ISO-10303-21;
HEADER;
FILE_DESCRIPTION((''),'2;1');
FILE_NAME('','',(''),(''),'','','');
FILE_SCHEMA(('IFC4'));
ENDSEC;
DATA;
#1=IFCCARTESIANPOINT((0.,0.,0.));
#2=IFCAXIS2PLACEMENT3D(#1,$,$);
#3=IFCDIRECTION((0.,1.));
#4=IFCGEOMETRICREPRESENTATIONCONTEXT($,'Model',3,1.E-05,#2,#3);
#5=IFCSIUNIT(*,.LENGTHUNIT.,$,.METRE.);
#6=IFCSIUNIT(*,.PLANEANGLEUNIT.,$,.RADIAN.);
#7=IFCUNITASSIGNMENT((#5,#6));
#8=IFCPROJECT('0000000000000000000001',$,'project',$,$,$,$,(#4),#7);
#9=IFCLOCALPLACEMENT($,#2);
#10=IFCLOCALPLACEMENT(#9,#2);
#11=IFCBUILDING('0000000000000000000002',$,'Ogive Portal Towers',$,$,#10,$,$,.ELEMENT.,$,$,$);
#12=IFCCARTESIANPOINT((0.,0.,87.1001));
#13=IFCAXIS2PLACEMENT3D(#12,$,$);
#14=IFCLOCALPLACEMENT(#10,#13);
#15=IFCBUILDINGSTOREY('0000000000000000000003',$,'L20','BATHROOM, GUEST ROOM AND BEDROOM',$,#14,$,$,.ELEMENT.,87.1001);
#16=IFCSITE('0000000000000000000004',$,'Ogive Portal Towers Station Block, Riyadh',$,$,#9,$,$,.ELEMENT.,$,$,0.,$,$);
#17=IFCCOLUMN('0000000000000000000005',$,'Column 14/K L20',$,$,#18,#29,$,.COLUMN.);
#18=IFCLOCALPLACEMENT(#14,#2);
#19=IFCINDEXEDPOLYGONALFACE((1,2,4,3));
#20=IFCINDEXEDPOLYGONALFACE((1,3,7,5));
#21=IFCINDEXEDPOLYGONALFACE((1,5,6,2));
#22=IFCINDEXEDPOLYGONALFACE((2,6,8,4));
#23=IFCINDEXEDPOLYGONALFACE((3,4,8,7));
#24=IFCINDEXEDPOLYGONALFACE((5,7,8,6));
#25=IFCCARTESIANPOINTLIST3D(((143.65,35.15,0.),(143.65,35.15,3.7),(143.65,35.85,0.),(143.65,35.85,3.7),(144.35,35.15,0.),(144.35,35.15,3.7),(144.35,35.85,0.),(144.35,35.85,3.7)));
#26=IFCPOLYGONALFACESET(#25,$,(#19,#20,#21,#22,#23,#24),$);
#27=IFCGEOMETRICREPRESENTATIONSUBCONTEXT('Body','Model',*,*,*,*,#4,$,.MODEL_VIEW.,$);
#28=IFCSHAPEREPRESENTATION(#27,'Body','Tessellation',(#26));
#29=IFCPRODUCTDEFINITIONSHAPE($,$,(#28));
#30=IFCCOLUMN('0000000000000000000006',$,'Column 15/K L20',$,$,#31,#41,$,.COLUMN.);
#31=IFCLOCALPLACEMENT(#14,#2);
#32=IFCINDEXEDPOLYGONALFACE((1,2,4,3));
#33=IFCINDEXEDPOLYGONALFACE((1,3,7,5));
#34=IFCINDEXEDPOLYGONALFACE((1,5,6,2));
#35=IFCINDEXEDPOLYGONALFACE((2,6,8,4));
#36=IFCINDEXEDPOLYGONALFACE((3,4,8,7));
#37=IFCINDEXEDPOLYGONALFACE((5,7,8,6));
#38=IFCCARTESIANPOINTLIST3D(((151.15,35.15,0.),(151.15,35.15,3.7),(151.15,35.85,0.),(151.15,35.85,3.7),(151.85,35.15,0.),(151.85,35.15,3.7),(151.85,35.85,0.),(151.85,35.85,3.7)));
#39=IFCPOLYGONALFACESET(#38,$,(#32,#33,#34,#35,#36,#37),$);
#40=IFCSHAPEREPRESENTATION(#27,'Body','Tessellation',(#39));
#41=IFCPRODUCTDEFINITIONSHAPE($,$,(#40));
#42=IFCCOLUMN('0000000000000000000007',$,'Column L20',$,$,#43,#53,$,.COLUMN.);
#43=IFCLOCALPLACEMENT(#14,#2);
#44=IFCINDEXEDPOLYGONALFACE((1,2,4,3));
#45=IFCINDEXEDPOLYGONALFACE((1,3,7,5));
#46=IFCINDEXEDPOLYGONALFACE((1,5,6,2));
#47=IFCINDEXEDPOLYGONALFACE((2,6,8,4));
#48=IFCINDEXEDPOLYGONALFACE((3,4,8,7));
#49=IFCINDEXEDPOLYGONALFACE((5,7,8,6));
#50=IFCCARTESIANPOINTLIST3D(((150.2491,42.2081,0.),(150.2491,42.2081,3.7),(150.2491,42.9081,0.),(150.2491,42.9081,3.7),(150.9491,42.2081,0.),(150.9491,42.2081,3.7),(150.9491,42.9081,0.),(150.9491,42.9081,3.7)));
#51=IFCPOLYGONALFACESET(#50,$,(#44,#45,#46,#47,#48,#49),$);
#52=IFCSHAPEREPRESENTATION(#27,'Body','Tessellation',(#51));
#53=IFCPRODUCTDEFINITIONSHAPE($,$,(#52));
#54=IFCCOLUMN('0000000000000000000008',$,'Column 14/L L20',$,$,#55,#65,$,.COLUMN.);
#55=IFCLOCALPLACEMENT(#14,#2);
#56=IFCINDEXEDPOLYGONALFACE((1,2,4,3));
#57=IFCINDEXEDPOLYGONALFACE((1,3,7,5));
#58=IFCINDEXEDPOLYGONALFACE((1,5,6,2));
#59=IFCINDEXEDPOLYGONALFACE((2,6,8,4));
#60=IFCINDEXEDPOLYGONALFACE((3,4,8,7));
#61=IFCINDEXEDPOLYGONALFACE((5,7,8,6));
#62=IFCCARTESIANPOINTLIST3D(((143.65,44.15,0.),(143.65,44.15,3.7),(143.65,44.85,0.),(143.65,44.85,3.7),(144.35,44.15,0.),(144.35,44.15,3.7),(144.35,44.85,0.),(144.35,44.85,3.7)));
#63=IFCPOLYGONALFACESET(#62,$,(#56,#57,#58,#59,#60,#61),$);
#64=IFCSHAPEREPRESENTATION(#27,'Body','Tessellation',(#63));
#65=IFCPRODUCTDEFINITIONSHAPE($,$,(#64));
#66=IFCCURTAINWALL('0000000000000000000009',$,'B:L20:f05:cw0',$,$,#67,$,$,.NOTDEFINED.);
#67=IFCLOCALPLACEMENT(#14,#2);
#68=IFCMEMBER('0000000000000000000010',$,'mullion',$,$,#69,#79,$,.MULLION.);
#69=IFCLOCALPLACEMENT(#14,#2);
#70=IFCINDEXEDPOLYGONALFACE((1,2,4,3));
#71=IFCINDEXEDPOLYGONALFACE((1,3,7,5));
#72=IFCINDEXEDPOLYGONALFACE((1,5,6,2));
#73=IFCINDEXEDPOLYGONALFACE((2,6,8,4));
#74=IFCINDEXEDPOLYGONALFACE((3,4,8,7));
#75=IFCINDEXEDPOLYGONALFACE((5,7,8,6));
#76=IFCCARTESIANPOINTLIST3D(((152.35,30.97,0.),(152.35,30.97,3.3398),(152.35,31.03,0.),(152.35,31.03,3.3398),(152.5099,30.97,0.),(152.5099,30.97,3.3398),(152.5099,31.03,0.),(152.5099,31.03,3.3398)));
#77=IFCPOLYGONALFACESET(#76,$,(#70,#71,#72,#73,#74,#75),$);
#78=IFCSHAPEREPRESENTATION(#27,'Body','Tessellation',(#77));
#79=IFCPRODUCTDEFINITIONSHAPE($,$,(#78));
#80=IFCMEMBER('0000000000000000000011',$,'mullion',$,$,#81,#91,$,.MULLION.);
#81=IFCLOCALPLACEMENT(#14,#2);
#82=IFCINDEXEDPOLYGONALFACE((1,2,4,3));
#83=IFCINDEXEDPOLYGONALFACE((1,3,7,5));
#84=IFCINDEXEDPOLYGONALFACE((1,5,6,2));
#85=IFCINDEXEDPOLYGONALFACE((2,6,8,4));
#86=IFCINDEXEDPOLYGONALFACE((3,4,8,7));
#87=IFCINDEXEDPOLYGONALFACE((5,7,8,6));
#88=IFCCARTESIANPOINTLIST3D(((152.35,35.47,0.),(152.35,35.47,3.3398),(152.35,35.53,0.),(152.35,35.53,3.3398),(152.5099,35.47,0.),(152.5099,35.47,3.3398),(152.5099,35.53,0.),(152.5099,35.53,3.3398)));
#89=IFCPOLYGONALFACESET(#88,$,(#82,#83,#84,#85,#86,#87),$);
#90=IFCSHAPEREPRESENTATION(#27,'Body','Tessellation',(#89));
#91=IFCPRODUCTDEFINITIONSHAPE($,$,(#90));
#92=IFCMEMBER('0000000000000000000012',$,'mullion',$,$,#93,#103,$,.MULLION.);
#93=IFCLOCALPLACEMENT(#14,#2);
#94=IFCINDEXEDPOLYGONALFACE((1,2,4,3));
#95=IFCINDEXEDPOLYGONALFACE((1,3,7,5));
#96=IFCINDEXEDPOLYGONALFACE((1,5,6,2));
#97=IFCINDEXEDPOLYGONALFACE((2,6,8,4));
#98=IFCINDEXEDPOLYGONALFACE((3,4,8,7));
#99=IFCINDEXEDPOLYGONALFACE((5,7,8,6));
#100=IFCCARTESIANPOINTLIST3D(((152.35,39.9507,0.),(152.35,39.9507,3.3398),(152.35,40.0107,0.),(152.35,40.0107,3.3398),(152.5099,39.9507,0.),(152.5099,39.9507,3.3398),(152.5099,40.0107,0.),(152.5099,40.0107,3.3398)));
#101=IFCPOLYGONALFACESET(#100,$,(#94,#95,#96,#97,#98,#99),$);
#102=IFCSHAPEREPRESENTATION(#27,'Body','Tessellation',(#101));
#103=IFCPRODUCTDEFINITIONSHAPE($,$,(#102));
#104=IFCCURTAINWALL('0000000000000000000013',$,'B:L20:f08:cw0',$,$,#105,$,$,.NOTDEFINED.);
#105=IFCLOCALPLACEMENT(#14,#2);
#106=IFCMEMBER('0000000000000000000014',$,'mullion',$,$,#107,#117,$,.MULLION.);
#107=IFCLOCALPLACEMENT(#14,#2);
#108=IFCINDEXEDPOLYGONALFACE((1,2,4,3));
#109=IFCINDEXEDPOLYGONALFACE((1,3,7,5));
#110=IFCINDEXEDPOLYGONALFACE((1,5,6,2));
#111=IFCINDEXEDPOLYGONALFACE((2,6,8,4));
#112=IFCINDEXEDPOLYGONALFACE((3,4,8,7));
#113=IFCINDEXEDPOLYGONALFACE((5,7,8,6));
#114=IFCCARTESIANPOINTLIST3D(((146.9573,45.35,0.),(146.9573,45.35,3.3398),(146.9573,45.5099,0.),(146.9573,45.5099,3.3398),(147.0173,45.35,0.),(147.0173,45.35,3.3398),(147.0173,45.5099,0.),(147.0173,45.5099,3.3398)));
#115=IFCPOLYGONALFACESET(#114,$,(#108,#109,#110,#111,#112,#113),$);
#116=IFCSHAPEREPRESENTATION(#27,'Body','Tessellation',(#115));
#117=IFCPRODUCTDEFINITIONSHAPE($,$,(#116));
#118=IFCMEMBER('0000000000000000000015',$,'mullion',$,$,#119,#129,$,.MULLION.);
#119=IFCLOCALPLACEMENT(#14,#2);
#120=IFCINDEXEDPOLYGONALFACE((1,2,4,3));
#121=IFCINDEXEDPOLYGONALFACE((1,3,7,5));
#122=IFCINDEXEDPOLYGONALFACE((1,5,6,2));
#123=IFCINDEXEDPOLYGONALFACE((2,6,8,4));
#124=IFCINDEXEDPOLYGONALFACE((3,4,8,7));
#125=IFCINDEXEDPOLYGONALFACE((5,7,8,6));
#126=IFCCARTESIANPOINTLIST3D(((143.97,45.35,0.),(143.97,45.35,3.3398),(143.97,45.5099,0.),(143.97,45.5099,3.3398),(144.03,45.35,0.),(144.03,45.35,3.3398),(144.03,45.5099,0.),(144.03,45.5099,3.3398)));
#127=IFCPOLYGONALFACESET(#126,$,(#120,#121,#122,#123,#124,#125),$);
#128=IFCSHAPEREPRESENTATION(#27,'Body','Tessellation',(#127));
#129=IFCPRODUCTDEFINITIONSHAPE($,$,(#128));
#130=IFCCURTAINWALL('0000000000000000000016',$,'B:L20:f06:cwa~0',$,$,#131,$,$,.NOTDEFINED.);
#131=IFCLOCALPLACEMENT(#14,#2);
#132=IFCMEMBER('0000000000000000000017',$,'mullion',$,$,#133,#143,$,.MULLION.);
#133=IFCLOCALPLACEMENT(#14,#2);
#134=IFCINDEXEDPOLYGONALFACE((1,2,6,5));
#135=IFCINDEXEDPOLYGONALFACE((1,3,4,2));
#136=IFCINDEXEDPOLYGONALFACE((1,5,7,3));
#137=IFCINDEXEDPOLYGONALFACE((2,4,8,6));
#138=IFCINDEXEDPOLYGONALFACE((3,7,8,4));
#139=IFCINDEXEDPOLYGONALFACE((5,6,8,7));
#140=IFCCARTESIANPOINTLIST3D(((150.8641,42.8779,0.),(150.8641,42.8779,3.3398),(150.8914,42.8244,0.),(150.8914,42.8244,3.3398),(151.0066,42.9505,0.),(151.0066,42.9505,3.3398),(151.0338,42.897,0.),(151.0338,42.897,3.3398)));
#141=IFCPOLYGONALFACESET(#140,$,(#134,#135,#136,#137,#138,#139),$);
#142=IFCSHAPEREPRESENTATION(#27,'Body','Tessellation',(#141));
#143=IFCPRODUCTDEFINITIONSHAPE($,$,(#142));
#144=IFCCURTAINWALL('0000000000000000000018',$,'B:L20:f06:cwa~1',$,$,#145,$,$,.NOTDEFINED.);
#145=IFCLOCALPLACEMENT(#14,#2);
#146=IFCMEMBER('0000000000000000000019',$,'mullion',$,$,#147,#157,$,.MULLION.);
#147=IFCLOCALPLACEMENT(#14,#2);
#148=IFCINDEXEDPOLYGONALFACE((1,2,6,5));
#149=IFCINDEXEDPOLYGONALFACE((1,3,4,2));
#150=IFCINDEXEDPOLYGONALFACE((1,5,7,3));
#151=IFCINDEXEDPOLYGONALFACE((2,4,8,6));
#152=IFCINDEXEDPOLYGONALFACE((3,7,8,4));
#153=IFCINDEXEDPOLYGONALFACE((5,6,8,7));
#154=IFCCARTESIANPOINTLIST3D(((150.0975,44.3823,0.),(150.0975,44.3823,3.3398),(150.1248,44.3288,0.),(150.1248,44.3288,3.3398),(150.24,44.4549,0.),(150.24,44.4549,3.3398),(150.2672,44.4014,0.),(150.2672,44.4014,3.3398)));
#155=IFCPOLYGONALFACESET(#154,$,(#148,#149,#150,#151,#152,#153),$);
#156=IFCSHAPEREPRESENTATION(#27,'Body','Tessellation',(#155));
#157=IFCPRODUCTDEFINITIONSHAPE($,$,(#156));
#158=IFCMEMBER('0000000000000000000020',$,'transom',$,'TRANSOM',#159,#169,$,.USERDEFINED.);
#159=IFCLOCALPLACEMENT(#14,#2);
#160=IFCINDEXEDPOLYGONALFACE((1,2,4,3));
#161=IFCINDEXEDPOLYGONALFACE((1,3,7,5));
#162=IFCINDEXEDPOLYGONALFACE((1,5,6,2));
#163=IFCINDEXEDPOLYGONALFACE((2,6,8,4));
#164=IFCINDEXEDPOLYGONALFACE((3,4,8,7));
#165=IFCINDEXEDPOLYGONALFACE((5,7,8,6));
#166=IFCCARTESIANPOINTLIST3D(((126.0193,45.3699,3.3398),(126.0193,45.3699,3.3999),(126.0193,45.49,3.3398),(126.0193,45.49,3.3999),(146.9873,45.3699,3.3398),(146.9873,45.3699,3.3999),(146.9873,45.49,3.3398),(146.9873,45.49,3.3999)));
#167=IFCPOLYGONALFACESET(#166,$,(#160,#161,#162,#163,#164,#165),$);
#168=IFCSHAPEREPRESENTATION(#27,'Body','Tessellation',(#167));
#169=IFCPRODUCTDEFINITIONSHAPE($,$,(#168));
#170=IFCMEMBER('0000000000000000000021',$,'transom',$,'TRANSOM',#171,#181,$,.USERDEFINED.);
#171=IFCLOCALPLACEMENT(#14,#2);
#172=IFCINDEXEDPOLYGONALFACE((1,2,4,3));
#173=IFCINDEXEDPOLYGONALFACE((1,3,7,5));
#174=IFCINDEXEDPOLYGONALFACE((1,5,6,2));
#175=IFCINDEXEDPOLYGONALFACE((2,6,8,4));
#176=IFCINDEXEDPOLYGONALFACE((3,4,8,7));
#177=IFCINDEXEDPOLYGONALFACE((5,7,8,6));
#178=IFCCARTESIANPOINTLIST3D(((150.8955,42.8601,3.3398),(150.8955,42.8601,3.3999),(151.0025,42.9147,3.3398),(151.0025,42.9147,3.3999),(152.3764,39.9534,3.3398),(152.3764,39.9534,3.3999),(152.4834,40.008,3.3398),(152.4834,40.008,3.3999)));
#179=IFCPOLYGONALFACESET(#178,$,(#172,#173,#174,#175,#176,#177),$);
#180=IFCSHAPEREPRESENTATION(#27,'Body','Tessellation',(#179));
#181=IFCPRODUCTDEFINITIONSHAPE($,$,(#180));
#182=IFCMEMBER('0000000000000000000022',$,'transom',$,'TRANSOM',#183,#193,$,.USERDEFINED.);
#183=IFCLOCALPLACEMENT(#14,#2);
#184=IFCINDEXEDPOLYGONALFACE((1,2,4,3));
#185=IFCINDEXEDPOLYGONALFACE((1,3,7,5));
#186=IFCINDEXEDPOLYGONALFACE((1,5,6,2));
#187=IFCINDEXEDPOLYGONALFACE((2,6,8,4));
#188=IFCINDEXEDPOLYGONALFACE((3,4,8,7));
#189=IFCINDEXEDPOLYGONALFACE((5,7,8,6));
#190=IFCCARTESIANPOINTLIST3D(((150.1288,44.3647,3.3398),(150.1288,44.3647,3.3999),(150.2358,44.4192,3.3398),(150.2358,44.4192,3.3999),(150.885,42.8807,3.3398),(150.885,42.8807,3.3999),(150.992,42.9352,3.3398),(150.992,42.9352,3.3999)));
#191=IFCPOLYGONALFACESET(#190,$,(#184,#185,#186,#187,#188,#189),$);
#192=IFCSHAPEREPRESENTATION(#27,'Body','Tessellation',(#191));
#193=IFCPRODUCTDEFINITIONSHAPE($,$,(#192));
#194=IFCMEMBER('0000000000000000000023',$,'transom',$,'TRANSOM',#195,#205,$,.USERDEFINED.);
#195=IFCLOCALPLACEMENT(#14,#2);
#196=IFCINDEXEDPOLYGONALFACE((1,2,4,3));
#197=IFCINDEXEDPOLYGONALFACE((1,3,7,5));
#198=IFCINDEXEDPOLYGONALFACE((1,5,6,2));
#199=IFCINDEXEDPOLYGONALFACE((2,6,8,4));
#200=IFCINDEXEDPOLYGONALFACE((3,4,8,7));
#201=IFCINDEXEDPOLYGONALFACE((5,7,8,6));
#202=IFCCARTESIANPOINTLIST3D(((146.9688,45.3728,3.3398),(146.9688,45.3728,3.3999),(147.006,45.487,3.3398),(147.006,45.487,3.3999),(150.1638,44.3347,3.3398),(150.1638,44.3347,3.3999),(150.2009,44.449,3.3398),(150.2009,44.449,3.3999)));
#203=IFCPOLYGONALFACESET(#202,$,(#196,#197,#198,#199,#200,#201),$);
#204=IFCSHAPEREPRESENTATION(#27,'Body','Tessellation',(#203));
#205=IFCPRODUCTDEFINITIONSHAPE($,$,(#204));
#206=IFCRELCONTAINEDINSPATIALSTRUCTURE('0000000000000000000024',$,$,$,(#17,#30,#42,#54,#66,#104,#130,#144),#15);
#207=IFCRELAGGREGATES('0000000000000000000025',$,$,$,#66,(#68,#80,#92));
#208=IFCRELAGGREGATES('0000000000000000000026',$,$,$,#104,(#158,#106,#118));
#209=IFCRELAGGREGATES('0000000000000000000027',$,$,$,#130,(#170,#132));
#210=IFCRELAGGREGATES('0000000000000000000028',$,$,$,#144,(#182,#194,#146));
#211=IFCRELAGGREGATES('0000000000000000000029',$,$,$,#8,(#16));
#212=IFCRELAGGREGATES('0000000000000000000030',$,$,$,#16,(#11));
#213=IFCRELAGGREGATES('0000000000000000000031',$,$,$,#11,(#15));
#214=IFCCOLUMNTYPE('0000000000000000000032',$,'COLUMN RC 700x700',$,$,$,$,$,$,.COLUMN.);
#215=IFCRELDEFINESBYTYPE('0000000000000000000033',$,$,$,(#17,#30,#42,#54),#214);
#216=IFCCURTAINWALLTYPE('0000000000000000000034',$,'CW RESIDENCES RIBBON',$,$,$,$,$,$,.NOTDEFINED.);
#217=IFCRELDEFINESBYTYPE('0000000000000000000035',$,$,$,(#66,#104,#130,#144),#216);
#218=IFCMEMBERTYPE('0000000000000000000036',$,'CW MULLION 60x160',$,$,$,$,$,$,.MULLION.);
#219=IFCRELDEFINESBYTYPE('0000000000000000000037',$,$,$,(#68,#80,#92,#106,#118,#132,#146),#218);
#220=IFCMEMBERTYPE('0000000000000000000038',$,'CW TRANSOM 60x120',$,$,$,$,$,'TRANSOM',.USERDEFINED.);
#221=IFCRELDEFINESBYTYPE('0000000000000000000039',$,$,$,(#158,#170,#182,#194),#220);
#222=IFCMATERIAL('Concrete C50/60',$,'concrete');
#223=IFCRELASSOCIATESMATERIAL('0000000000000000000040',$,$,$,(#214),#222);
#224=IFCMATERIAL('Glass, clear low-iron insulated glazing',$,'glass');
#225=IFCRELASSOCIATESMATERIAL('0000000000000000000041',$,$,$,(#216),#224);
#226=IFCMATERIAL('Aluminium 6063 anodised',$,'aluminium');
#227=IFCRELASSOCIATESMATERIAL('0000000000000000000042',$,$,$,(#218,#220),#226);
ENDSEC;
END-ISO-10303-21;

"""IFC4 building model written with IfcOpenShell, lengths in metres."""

from ifc_helpers import new_model, si_unit, direction, frame, origin, origin_2d, place, context, subcontext, project, spatial, rectangle, extrude, material, material_profile, profile_set, type_object, element, aggregate, save


model = new_model("IFC4")

# Units and contexts
model_context = context("Model", 3, precision=1e-05, world=origin(), true_north=direction((0.0, 1.0)))
body_context = subcontext(model_context, "Body", "Model", "MODEL_VIEW")
ifc_project = project(units=[si_unit("LENGTHUNIT", "METRE"), si_unit("PLANEANGLEUNIT", "RADIAN")], contexts=[model_context])

# Site, building, storey
site_placement = place(None, origin())
site = spatial("IfcSite", under=ifc_project, at=site_placement, Name="Ogive Portal Towers Station Block, Riyadh", CompositionType="ELEMENT", RefElevation=0.0)
building_placement = place(site_placement, origin())
building = spatial("IfcBuilding", under=site, at=building_placement, Name="Ogive Portal Towers", CompositionType="ELEMENT")
storey_placement = place(building_placement, frame((0.0, 0.0, 87.1001)))
storey = spatial("IfcBuildingStorey", under=building, at=storey_placement, Name="L20", Description="BATHROOM, GUEST ROOM AND BEDROOM", CompositionType="ELEMENT", Elevation=87.1001)

# Columns
ifc_material_1 = material(Name="Concrete C50/60", Category="concrete")
ifc_material_profile_1 = material_profile(ifc_material_1, rectangle(XDim=0.7, YDim=0.7, at=origin_2d()), Name="RC 700x700")
ifc_profile_set_1 = profile_set([ifc_material_profile_1], Name="Concrete C50/60")
column_type = type_object("IfcColumnType", Name="COLUMN RC 700x700", PredefinedType="COLUMN", material=ifc_profile_set_1)
for number, where, z_axis, x_axis, name in (
    (1, (144.0, 35.5, 0.0), (0.0, 0.0, 1.0), (1.0, 0.0, 0.0), "Column 14/K L20"),
    (2, (151.5, 35.5, 0.0), (0.0, 0.0, 1.0), (1.0, 0.0, 0.0), "Column 15/K L20"),
    (3, (150.5991, 42.5581, 0.0), (0.0, 0.0, 1.0), (1.0, 0.0, 0.0), "Column L20"),
    (4, (144.0, 44.5, 0.0), (0.0, 0.0, 1.0), (1.0, 0.0, 0.0), "Column 14/L L20"),
):
    element("IfcColumn", number, at=place(storey_placement, frame(where, z_axis=z_axis, x_axis=x_axis)), inside=storey, type_object=column_type, Name=name, PredefinedType="COLUMN", context=body_context, shape_type="SweptSolid", body=[
        extrude(rectangle(XDim=0.7, YDim=0.7, at=origin_2d()), origin(), (0.0, 0.0, 1.0), 3.7),
    ])

# Curtain walls, members
ifc_material_2 = material(Name="Glass, clear low-iron insulated glazing", Category="glass")
curtain_wall_type = type_object("IfcCurtainWallType", Name="CW RESIDENCES RIBBON", PredefinedType="NOTDEFINED", material=ifc_material_2)
curtain_wall_1_placement = place(storey_placement, origin())
curtain_wall_1 = element("IfcCurtainWall", 5, at=curtain_wall_1_placement, inside=storey, type_object=curtain_wall_type, Name="B:L20:f05:cw0", PredefinedType="NOTDEFINED")
ifc_material_3 = material(Name="Aluminium 6063 anodised", Category="aluminium")
ifc_material_profile_2 = material_profile(ifc_material_3, rectangle(XDim=0.1599, YDim=0.0601, at=origin_2d()), Name="AL 60x160")
ifc_profile_set_2 = profile_set([ifc_material_profile_2], Name="Aluminium 6063 anodised")
member_type_1 = type_object("IfcMemberType", Name="CW MULLION 60x160", PredefinedType="MULLION", material=ifc_profile_set_2)
member_1_placement = place(storey_placement, frame((152.4299, 31.0, 0.0), z_axis=(0.0, 0.0, 1.0), x_axis=(-1.0, 0.0, 0.0)))
member_1 = element("IfcMember", 6, at=member_1_placement, type_object=member_type_1, Name="mullion", PredefinedType="MULLION", context=body_context, shape_type="SweptSolid", body=[
    extrude(rectangle(XDim=0.1599, YDim=0.0601, at=origin_2d()), origin(), (0.0, 0.0, 1.0), 3.3398),
])
member_2_placement = place(storey_placement, frame((152.4299, 35.5, 0.0), z_axis=(0.0, 0.0, 1.0), x_axis=(-1.0, 0.0, 0.0)))
member_2 = element("IfcMember", 7, at=member_2_placement, type_object=member_type_1, Name="mullion", PredefinedType="MULLION", context=body_context, shape_type="SweptSolid", body=[
    extrude(rectangle(XDim=0.1599, YDim=0.0601, at=origin_2d()), origin(), (0.0, 0.0, 1.0), 3.3398),
])
member_3_placement = place(storey_placement, frame((152.4299, 39.9807, 0.0), z_axis=(0.0, 0.0, 1.0), x_axis=(-1.0, 0.0, 0.0)))
member_3 = element("IfcMember", 8, at=member_3_placement, type_object=member_type_1, Name="mullion", PredefinedType="MULLION", context=body_context, shape_type="SweptSolid", body=[
    extrude(rectangle(XDim=0.1599, YDim=0.0601, at=origin_2d()), origin(), (0.0, 0.0, 1.0), 3.3398),
])
curtain_wall_2_placement = place(storey_placement, origin())
curtain_wall_2 = element("IfcCurtainWall", 9, at=curtain_wall_2_placement, inside=storey, type_object=curtain_wall_type, Name="B:L20:f08:cw0", PredefinedType="NOTDEFINED")
member_4_placement = place(storey_placement, frame((146.9873, 45.4299, 0.0), z_axis=(0.0, 0.0, 1.0), x_axis=(0.0, -1.0, 0.0)))
member_4 = element("IfcMember", 10, at=member_4_placement, type_object=member_type_1, Name="mullion", PredefinedType="MULLION", context=body_context, shape_type="SweptSolid", body=[
    extrude(rectangle(XDim=0.1599, YDim=0.0601, at=origin_2d()), origin(), (0.0, 0.0, 1.0), 3.3398),
])
member_5_placement = place(storey_placement, frame((144.0, 45.4299, 0.0), z_axis=(0.0, 0.0, 1.0), x_axis=(0.0, -1.0, 0.0)))
member_5 = element("IfcMember", 11, at=member_5_placement, type_object=member_type_1, Name="mullion", PredefinedType="MULLION", context=body_context, shape_type="SweptSolid", body=[
    extrude(rectangle(XDim=0.1599, YDim=0.0601, at=origin_2d()), origin(), (0.0, 0.0, 1.0), 3.3398),
])

# Curtain walls, members
curtain_wall_3_placement = place(storey_placement, origin())
curtain_wall_3 = element("IfcCurtainWall", 12, at=curtain_wall_3_placement, inside=storey, type_object=curtain_wall_type, Name="B:L20:f06:cwa~0", PredefinedType="NOTDEFINED")
member_6_placement = place(storey_placement, frame((150.949, 42.8875, 0.0), z_axis=(0.0, 0.0, 1.0), x_axis=(-0.891007, -0.45399, 0.0)))
member_6 = element("IfcMember", 13, at=member_6_placement, type_object=member_type_1, Name="mullion", PredefinedType="MULLION", context=body_context, shape_type="SweptSolid", body=[
    extrude(rectangle(XDim=0.1599, YDim=0.0601, at=origin_2d()), origin(), (0.0, 0.0, 1.0), 3.3398),
])
curtain_wall_4_placement = place(storey_placement, origin())
curtain_wall_4 = element("IfcCurtainWall", 14, at=curtain_wall_4_placement, inside=storey, type_object=curtain_wall_type, Name="B:L20:f06:cwa~1", PredefinedType="NOTDEFINED")
member_7_placement = place(storey_placement, frame((150.1824, 44.3918, 0.0), z_axis=(0.0, 0.0, 1.0), x_axis=(-0.891007, -0.45399, 0.0)))
member_7 = element("IfcMember", 15, at=member_7_placement, type_object=member_type_1, Name="mullion", PredefinedType="MULLION", context=body_context, shape_type="SweptSolid", body=[
    extrude(rectangle(XDim=0.1599, YDim=0.0601, at=origin_2d()), origin(), (0.0, 0.0, 1.0), 3.3398),
])

# Members
ifc_material_profile_3 = material_profile(ifc_material_3, rectangle(XDim=0.1201, YDim=0.0601, at=origin_2d()), Name="AL 120x60")
ifc_profile_set_3 = profile_set([ifc_material_profile_3], Name="Aluminium 6063 anodised")
member_type_2 = type_object("IfcMemberType", Name="CW TRANSOM 60x120", ElementType="TRANSOM", PredefinedType="USERDEFINED", material=ifc_profile_set_3)
member_8_placement = place(storey_placement, frame((146.9873, 45.4299, 3.3699), z_axis=(-1.0, 0.0, 0.0), x_axis=(0.0, -1.0, 0.0)))
member_8 = element("IfcMember", 16, at=member_8_placement, type_object=member_type_2, Name="transom", ObjectType="TRANSOM", PredefinedType="USERDEFINED", context=body_context, shape_type="SweptSolid", body=[
    extrude(rectangle(XDim=0.1201, YDim=0.0601, at=origin_2d()), origin(), (0.0, 0.0, 1.0), 20.968),
])
member_9_placement = place(storey_placement, frame((152.4299, 39.9807, 3.3699), z_axis=(-0.453966, 0.891019, 0.0), x_axis=(-0.891019, -0.453966, 0.0)))
member_9 = element("IfcMember", 17, at=member_9_placement, type_object=member_type_2, Name="transom", ObjectType="TRANSOM", PredefinedType="USERDEFINED", context=body_context, shape_type="SweptSolid", body=[
    extrude(rectangle(XDim=0.1201, YDim=0.0601, at=origin_2d()), origin(), (0.0, 0.0, 1.0), 3.2622),
])
member_10_placement = place(storey_placement, frame((150.9385, 42.908, 3.3699), z_axis=(-0.454003, 0.891, 0.0), x_axis=(-0.891, -0.454003, 0.0)))
member_10 = element("IfcMember", 18, at=member_10_placement, type_object=member_type_2, Name="transom", ObjectType="TRANSOM", PredefinedType="USERDEFINED", context=body_context, shape_type="SweptSolid", body=[
    extrude(rectangle(XDim=0.1201, YDim=0.0601, at=origin_2d()), origin(), (0.0, 0.0, 1.0), 1.6655),
])
member_11_placement = place(storey_placement, frame((150.1824, 44.3918, 3.3699), z_axis=(-0.951061, 0.309002, 0.0), x_axis=(-0.309002, -0.951061, 0.0)))
member_11 = element("IfcMember", 19, at=member_11_placement, type_object=member_type_2, Name="transom", ObjectType="TRANSOM", PredefinedType="USERDEFINED", context=body_context, shape_type="SweptSolid", body=[
    extrude(rectangle(XDim=0.1201, YDim=0.0601, at=origin_2d()), origin(), (0.0, 0.0, 1.0), 3.3594),
])

aggregate(curtain_wall_1, [member_1, member_2, member_3])
aggregate(curtain_wall_2, [member_8, member_4, member_5])
aggregate(curtain_wall_3, [member_9, member_6])
aggregate(curtain_wall_4, [member_10, member_11, member_7])

save(model, "model.ifc")
